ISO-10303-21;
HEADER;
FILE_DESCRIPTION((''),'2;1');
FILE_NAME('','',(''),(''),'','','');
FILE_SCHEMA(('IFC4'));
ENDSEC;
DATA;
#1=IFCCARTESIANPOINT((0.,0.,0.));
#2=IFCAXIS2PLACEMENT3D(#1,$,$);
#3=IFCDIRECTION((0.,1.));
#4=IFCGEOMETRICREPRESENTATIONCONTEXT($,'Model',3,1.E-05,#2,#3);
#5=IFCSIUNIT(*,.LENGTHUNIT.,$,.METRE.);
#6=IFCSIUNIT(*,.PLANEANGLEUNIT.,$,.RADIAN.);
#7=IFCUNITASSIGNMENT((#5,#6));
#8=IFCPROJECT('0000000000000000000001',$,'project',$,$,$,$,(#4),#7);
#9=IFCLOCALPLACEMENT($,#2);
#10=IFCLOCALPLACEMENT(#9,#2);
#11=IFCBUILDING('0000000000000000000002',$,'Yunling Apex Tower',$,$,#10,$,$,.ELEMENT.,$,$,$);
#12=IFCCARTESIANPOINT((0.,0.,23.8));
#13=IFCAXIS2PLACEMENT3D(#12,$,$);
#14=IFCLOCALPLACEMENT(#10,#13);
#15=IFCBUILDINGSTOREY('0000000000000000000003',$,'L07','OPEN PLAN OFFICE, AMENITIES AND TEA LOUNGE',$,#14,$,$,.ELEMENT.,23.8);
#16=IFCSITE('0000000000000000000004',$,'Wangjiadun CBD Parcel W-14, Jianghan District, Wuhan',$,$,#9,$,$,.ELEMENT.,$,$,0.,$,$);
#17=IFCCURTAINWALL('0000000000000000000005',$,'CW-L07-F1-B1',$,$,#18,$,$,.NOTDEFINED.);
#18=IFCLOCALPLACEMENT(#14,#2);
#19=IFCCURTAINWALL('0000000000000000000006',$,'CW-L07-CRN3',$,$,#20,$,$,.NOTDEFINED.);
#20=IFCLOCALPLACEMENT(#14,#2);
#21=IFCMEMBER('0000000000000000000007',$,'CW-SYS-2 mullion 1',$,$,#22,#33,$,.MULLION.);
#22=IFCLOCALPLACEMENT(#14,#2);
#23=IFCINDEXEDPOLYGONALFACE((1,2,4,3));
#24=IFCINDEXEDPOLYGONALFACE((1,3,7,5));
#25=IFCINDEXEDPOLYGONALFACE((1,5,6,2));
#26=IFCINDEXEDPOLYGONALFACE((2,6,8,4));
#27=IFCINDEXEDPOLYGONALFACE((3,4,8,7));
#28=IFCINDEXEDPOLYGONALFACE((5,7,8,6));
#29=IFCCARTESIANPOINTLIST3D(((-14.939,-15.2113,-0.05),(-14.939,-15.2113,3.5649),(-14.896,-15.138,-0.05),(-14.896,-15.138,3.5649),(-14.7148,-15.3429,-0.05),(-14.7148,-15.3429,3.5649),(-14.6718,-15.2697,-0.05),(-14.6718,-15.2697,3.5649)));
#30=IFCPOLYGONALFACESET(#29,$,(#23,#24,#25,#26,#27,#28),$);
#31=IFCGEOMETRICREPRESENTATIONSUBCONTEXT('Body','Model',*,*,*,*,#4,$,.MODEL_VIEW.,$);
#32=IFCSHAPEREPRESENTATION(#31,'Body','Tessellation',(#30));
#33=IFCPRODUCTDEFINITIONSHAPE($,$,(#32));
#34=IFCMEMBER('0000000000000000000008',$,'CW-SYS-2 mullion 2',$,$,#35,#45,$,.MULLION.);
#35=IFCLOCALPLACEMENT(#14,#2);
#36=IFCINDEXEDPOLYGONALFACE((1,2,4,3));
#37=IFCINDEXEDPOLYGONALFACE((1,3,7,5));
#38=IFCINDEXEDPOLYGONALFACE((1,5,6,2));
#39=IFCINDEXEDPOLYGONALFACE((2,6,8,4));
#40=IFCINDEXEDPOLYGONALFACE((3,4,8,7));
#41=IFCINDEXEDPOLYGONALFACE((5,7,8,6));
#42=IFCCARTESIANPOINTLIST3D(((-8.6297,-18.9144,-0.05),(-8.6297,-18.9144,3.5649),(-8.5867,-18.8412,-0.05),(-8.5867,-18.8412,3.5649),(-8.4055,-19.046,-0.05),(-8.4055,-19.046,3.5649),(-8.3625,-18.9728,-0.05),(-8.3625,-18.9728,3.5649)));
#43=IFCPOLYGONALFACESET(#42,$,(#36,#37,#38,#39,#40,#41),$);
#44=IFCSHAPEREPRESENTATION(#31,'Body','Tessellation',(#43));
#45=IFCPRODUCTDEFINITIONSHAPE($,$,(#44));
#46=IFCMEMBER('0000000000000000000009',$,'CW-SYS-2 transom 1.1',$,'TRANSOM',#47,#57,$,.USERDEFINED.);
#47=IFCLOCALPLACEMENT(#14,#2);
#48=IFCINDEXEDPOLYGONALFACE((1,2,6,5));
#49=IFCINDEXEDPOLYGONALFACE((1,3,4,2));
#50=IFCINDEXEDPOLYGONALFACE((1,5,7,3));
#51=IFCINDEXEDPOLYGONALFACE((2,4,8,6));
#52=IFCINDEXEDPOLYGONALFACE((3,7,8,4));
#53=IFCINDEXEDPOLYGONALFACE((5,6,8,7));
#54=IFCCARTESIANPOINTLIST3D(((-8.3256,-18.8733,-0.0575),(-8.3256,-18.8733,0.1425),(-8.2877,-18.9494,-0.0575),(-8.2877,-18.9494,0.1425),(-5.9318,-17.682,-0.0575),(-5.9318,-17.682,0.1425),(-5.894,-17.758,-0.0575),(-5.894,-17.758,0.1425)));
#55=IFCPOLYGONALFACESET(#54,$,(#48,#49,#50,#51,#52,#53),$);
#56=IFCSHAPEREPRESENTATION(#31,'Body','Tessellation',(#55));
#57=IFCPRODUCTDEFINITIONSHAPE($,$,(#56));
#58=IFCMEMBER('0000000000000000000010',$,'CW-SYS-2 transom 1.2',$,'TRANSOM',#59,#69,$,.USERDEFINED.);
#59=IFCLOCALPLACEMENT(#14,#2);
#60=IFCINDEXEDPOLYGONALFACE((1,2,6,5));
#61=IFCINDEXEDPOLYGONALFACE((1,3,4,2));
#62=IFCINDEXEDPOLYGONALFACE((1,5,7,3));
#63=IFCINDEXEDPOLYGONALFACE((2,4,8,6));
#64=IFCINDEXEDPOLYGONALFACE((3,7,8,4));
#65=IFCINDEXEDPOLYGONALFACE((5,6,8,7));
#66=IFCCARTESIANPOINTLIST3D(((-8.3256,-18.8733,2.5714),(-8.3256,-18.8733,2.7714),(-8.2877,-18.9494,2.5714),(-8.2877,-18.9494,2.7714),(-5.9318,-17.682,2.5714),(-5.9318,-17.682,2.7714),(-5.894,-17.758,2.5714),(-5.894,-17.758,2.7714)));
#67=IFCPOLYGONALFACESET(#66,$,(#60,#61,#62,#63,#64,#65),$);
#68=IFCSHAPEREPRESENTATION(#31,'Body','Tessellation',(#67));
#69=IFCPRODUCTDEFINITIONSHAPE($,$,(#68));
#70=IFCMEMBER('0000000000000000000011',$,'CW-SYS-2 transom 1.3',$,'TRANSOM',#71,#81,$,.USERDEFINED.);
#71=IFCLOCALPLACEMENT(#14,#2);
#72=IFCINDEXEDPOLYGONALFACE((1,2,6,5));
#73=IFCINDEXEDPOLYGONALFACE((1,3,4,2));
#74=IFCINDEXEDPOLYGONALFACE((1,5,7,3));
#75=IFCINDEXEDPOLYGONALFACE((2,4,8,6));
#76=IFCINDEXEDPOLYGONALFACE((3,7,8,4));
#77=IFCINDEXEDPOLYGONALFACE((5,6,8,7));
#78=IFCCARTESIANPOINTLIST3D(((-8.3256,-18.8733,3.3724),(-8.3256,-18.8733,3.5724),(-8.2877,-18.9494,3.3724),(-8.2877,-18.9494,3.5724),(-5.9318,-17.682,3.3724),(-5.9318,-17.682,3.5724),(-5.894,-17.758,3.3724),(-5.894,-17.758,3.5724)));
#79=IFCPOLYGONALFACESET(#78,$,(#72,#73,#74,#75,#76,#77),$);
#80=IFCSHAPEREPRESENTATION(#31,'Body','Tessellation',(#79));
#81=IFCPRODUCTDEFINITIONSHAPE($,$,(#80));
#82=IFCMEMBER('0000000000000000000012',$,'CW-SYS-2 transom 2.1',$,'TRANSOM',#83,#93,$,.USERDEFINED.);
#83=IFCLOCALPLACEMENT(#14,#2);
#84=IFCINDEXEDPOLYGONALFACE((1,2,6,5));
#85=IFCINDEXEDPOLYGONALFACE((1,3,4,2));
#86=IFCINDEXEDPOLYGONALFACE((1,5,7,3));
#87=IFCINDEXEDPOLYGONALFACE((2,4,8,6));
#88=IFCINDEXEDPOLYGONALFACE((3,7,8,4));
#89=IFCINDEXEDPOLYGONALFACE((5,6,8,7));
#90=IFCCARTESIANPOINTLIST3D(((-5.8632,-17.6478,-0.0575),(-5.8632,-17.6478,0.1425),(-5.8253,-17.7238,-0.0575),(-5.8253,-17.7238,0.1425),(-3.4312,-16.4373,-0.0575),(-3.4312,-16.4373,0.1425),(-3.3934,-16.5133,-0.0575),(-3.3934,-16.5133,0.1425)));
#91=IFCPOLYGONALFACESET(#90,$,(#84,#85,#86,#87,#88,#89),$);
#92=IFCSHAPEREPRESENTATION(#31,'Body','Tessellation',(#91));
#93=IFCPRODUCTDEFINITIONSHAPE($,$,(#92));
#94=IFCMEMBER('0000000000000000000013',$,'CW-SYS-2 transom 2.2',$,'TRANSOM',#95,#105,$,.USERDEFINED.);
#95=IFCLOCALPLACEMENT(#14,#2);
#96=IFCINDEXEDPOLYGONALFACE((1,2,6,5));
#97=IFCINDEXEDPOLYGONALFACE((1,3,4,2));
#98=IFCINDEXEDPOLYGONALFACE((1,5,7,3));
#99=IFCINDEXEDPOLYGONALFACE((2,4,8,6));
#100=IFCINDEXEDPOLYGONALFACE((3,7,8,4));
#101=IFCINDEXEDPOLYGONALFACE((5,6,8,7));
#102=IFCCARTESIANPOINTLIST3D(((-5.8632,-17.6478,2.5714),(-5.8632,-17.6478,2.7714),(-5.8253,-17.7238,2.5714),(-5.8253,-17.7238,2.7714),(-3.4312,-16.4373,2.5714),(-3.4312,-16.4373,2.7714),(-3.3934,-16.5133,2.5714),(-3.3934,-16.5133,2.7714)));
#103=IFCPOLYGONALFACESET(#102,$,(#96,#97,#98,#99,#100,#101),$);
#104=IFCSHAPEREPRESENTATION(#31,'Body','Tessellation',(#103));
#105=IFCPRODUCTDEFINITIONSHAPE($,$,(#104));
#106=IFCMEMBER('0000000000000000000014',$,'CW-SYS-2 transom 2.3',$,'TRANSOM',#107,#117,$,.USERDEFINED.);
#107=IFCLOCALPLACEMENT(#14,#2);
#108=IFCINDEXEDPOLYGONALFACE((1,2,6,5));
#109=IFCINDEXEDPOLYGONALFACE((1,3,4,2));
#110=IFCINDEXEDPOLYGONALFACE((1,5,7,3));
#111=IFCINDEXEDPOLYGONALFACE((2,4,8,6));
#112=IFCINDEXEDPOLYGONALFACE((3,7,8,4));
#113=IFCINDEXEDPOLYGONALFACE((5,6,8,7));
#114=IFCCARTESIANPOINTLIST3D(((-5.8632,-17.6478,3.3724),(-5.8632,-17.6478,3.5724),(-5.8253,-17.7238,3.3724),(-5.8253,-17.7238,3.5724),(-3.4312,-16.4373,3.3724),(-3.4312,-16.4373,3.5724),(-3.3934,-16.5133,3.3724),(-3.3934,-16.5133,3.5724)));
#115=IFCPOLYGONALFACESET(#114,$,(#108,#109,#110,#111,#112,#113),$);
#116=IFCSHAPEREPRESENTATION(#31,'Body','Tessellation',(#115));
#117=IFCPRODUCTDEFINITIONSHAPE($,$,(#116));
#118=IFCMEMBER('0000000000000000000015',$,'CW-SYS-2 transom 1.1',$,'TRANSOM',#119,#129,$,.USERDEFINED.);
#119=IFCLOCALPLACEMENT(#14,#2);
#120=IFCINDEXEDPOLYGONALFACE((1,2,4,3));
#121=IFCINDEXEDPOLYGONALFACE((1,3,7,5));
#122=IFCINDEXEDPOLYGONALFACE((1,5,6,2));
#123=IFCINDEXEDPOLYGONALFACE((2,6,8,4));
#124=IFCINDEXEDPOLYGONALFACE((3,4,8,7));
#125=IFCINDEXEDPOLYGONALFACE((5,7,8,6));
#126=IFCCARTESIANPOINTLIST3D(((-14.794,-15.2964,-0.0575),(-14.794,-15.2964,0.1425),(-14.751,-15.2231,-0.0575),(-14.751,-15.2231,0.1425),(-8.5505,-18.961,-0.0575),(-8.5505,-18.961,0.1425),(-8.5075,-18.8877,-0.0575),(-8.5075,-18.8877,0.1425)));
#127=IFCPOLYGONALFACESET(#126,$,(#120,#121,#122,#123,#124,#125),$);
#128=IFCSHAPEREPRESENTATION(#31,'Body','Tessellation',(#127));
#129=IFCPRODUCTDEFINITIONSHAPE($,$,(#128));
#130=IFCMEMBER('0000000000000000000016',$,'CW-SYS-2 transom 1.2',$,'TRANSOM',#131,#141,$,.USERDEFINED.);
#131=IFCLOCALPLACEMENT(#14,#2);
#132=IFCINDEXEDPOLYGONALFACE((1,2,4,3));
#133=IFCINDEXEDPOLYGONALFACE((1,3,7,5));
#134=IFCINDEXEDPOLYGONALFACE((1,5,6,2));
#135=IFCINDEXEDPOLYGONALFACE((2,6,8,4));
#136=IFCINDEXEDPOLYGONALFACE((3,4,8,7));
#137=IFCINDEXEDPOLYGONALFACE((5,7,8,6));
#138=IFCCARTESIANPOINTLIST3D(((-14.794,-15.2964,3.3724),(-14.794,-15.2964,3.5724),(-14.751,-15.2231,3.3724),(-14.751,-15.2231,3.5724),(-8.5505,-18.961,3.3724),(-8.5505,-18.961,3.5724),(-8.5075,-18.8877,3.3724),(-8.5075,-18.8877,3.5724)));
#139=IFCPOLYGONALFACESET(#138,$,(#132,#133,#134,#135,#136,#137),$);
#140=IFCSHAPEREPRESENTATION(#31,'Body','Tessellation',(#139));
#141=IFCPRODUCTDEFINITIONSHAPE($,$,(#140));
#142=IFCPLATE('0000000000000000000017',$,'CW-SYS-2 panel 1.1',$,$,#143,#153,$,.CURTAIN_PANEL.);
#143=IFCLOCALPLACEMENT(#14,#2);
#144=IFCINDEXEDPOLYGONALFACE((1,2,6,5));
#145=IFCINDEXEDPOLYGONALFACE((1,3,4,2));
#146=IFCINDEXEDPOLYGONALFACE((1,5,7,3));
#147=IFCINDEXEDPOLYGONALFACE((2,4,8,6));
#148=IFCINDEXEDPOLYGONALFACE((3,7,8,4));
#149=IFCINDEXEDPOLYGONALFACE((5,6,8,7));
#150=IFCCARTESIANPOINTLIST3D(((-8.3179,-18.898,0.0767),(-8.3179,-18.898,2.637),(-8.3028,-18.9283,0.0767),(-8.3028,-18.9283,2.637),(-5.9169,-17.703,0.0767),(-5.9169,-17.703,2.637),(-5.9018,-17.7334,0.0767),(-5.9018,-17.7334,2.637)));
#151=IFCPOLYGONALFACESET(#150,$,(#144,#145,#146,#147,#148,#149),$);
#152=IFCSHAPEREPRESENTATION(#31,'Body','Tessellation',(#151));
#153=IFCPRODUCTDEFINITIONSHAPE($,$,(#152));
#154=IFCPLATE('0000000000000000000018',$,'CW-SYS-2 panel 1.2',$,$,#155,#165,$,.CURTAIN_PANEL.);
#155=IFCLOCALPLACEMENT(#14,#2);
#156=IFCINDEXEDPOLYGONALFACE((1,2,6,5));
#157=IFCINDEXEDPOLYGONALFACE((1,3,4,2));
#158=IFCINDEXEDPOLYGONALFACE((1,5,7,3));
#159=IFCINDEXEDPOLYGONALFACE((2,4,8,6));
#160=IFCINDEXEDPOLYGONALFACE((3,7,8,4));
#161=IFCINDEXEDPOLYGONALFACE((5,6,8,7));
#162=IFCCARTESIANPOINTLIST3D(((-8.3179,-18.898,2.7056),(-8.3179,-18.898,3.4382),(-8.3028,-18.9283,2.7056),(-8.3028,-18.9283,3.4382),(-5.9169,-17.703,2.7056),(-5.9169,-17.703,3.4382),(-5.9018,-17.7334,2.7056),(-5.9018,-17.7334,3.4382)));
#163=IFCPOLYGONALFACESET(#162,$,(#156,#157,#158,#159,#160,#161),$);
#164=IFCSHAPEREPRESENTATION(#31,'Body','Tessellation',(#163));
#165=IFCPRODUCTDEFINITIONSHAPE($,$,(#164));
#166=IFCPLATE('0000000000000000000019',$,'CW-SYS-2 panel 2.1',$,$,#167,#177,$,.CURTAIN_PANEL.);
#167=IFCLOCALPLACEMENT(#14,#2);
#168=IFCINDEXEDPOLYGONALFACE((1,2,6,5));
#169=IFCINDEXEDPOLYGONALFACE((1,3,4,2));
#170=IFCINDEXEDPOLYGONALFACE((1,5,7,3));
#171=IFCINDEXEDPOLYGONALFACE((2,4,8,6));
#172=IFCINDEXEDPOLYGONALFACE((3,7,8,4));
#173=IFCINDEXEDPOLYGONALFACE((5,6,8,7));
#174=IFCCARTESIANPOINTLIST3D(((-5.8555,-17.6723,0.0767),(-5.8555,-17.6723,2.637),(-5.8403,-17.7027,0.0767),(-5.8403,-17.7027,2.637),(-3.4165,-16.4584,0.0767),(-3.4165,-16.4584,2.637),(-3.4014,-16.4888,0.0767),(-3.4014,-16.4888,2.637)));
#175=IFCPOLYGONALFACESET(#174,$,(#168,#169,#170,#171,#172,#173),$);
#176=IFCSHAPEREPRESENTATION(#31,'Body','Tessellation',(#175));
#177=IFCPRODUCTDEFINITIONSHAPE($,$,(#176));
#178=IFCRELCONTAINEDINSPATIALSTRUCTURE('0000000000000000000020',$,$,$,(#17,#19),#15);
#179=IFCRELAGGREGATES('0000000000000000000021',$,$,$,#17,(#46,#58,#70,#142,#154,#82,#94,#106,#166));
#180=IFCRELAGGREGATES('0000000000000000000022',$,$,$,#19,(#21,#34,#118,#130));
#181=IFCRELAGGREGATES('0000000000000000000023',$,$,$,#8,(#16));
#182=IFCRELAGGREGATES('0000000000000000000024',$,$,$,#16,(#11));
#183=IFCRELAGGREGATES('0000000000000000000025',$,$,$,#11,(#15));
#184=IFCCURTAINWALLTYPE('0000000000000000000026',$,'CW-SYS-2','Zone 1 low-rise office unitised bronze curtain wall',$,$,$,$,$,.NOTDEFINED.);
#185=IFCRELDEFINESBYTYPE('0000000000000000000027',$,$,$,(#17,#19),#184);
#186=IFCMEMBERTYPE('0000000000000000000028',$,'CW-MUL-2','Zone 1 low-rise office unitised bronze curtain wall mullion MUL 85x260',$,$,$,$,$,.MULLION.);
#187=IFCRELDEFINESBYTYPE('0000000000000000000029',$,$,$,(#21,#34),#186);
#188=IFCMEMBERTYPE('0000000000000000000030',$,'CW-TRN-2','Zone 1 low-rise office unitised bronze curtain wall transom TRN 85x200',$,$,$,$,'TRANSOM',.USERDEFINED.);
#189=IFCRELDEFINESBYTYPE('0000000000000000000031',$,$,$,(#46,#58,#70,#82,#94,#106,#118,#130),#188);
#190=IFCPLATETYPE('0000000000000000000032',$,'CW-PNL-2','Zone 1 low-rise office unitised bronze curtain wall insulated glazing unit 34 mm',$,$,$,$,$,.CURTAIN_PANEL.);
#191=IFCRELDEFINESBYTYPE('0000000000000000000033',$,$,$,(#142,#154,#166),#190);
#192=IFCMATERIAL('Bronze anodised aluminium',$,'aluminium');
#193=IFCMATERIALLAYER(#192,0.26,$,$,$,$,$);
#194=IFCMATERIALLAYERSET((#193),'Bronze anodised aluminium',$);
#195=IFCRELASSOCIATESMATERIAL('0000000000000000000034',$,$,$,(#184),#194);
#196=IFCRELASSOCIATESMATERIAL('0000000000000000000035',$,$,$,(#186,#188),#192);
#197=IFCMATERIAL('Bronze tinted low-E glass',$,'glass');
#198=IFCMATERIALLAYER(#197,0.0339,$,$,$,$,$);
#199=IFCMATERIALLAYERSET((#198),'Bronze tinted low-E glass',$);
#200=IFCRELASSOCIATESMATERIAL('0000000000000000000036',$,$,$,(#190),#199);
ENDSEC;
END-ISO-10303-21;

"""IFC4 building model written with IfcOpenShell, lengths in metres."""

from ifc_helpers import new_model, si_unit, direction, frame, origin, origin_2d, place, context, subcontext, project, spatial, rectangle, extrude, source, transform, mapped, material, layer, layer_set, material_profile, profile_set, type_object, element, aggregate, save


model = new_model("IFC4")

# Units and contexts
model_context = context("Model", 3, precision=1e-05, world=origin(), true_north=direction((0.0, 1.0)))
body_context = subcontext(model_context, "Body", "Model", "MODEL_VIEW")
ifc_project = project(units=[si_unit("LENGTHUNIT", "METRE"), si_unit("PLANEANGLEUNIT", "RADIAN")], contexts=[model_context])

# Site, building, storey
site_placement = place(None, origin())
site = spatial("IfcSite", under=ifc_project, at=site_placement, Name="Wangjiadun CBD Parcel W-14, Jianghan District, Wuhan", CompositionType="ELEMENT", RefElevation=0.0)
building_placement = place(site_placement, origin())
building = spatial("IfcBuilding", under=site, at=building_placement, Name="Yunling Apex Tower", CompositionType="ELEMENT")
storey_placement = place(building_placement, frame((0.0, 0.0, 23.8)))
storey = spatial("IfcBuildingStorey", under=building, at=storey_placement, Name="L07", Description="OPEN PLAN OFFICE, AMENITIES AND TEA LOUNGE", CompositionType="ELEMENT", Elevation=23.8)

# Curtain wall
ifc_material_1 = material(Name="Bronze anodised aluminium", Category="aluminium")
ifc_layer_1 = layer(ifc_material_1, 0.26)
ifc_layer_set_1 = layer_set([ifc_layer_1], Name="Bronze anodised aluminium")
curtain_wall_type = type_object("IfcCurtainWallType", Name="CW-SYS-2", Description="Zone 1 low-rise office unitised bronze curtain wall", PredefinedType="NOTDEFINED", material=ifc_layer_set_1)
curtain_wall_1_placement = place(storey_placement, origin())
curtain_wall_1 = element("IfcCurtainWall", 1, at=curtain_wall_1_placement, inside=storey, type_object=curtain_wall_type, Name="CW-L07-F1-B1", PredefinedType="NOTDEFINED")
ifc_material_profile_1 = material_profile(ifc_material_1, rectangle(XDim=0.085, YDim=0.26, at=origin_2d()))
ifc_profile_set_1 = profile_set([ifc_material_profile_1], Name="Bronze anodised aluminium")
member_type_1 = type_object("IfcMemberType", Name="CW-MUL-2", Description="Zone 1 low-rise office unitised bronze curtain wall mullion MUL 85x260", PredefinedType="MULLION", material=ifc_profile_set_1)
shared_shape_1 = source(origin(), body_context, "Body", "SweptSolid", [
    extrude(rectangle(XDim=0.085, YDim=0.26, at=origin_2d()), origin(), (0.0, 0.0, 1.0), 3.615),
])

# Curtain wall, members
curtain_wall_2_placement = place(storey_placement, origin())
curtain_wall_2 = element("IfcCurtainWall", 2, at=curtain_wall_2_placement, inside=storey, type_object=curtain_wall_type, Name="CW-L07-CRN3", PredefinedType="NOTDEFINED")
member_1_placement = place(storey_placement, frame((-14.8054, -15.2405, -0.05), z_axis=(0.0, 0.0, 1.0), x_axis=(0.506196, 0.862419, 0.0)))
member_1 = element("IfcMember", 3, at=member_1_placement, type_object=member_type_1, Name="CW-SYS-2 mullion 1", PredefinedType="MULLION", context=body_context, shape_type="MappedRepresentation", body=[
    mapped(shared_shape_1, transform((0.0, 0.0, 0.0), scale=1.0)),
])
member_2_placement = place(storey_placement, frame((-8.4961, -18.9436, -0.05), z_axis=(0.0, 0.0, 1.0), x_axis=(0.506196, 0.862419, 0.0)))
member_2 = element("IfcMember", 4, at=member_2_placement, type_object=member_type_1, Name="CW-SYS-2 mullion 2", PredefinedType="MULLION", context=body_context, shape_type="MappedRepresentation", body=[
    mapped(shared_shape_1, transform((0.0, 0.0, 0.0), scale=1.0)),
])

# Members
ifc_material_profile_2 = material_profile(ifc_material_1, rectangle(XDim=0.085, YDim=0.2, at=origin_2d()))
ifc_profile_set_2 = profile_set([ifc_material_profile_2], Name="Bronze anodised aluminium")
member_type_2 = type_object("IfcMemberType", Name="CW-TRN-2", Description="Zone 1 low-rise office unitised bronze curtain wall transom TRN 85x200", ElementType="TRANSOM", PredefinedType="USERDEFINED", material=ifc_profile_set_2)
shared_shape_2 = source(origin(), body_context, "Body", "SweptSolid", [
    extrude(rectangle(XDim=0.085, YDim=0.2, at=origin_2d()), origin(), (0.0, 0.0, 1.0), 2.6738),
])
member_3_placement = place(storey_placement, frame((-8.3066, -18.9114, 0.0425), z_axis=(0.895247, 0.445569, 0.0), x_axis=(-0.445569, 0.895247, 0.0)))
member_3 = element("IfcMember", 5, at=member_3_placement, type_object=member_type_2, Name="CW-SYS-2 transom 1.1", ObjectType="TRANSOM", PredefinedType="USERDEFINED", context=body_context, shape_type="MappedRepresentation", body=[
    mapped(shared_shape_2, transform((0.0, 0.0, 0.0), scale=1.0)),
])
member_4_placement = place(storey_placement, frame((-8.3066, -18.9114, 2.6714), z_axis=(0.895247, 0.445569, 0.0), x_axis=(-0.445569, 0.895247, 0.0)))
member_4 = element("IfcMember", 6, at=member_4_placement, type_object=member_type_2, Name="CW-SYS-2 transom 1.2", ObjectType="TRANSOM", PredefinedType="USERDEFINED", context=body_context, shape_type="MappedRepresentation", body=[
    mapped(shared_shape_2, transform((0.0, 0.0, 0.0), scale=1.0)),
])
member_5_placement = place(storey_placement, frame((-8.3066, -18.9114, 3.4724), z_axis=(0.895247, 0.445569, 0.0), x_axis=(-0.445569, 0.895247, 0.0)))
member_5 = element("IfcMember", 7, at=member_5_placement, type_object=member_type_2, Name="CW-SYS-2 transom 1.3", ObjectType="TRANSOM", PredefinedType="USERDEFINED", context=body_context, shape_type="MappedRepresentation", body=[
    mapped(shared_shape_2, transform((0.0, 0.0, 0.0), scale=1.0)),
])
shared_shape_3 = source(origin(), body_context, "Body", "SweptSolid", [
    extrude(rectangle(XDim=0.085, YDim=0.2, at=origin_2d()), origin(), (0.0, 0.0, 1.0), 2.7166),
])
member_6_placement = place(storey_placement, frame((-5.8442, -17.6858, 0.0425), z_axis=(0.895235, 0.445595, 0.0), x_axis=(-0.445595, 0.895235, 0.0)))
member_6 = element("IfcMember", 8, at=member_6_placement, type_object=member_type_2, Name="CW-SYS-2 transom 2.1", ObjectType="TRANSOM", PredefinedType="USERDEFINED", context=body_context, shape_type="MappedRepresentation", body=[
    mapped(shared_shape_3, transform((0.0, 0.0, 0.0), scale=1.0)),
])
member_7_placement = place(storey_placement, frame((-5.8442, -17.6858, 2.6714), z_axis=(0.895235, 0.445595, 0.0), x_axis=(-0.445595, 0.895235, 0.0)))
member_7 = element("IfcMember", 9, at=member_7_placement, type_object=member_type_2, Name="CW-SYS-2 transom 2.2", ObjectType="TRANSOM", PredefinedType="USERDEFINED", context=body_context, shape_type="MappedRepresentation", body=[
    mapped(shared_shape_3, transform((0.0, 0.0, 0.0), scale=1.0)),
])
member_8_placement = place(storey_placement, frame((-5.8442, -17.6858, 3.4724), z_axis=(0.895235, 0.445595, 0.0), x_axis=(-0.445595, 0.895235, 0.0)))
member_8 = element("IfcMember", 10, at=member_8_placement, type_object=member_type_2, Name="CW-SYS-2 transom 2.3", ObjectType="TRANSOM", PredefinedType="USERDEFINED", context=body_context, shape_type="MappedRepresentation", body=[
    mapped(shared_shape_3, transform((0.0, 0.0, 0.0), scale=1.0)),
])
shared_shape_4 = source(origin(), body_context, "Body", "SweptSolid", [
    extrude(rectangle(XDim=0.085, YDim=0.2, at=origin_2d()), origin(), (0.0, 0.0, 1.0), 7.2395),
])
member_9_placement = place(storey_placement, frame((-14.7725, -15.2598, 0.0425), z_axis=(0.862419, -0.506195, 0.0), x_axis=(0.506195, 0.862419, 0.0)))
member_9 = element("IfcMember", 11, at=member_9_placement, type_object=member_type_2, Name="CW-SYS-2 transom 1.1", ObjectType="TRANSOM", PredefinedType="USERDEFINED", context=body_context, shape_type="MappedRepresentation", body=[
    mapped(shared_shape_4, transform((0.0, 0.0, 0.0), scale=1.0)),
])
member_10_placement = place(storey_placement, frame((-14.7725, -15.2598, 3.4724), z_axis=(0.862419, -0.506195, 0.0), x_axis=(0.506195, 0.862419, 0.0)))
member_10 = element("IfcMember", 12, at=member_10_placement, type_object=member_type_2, Name="CW-SYS-2 transom 1.2", ObjectType="TRANSOM", PredefinedType="USERDEFINED", context=body_context, shape_type="MappedRepresentation", body=[
    mapped(shared_shape_4, transform((0.0, 0.0, 0.0), scale=1.0)),
])

# Plates
ifc_material_2 = material(Name="Bronze tinted low-E glass", Category="glass")
ifc_layer_2 = layer(ifc_material_2, 0.0339)
ifc_layer_set_2 = layer_set([ifc_layer_2], Name="Bronze tinted low-E glass")
plate_type = type_object("IfcPlateType", Name="CW-PNL-2", Description="Zone 1 low-rise office unitised bronze curtain wall insulated glazing unit 34 mm", PredefinedType="CURTAIN_PANEL", material=ifc_layer_set_2)
shared_shape_5 = source(origin(), body_context, "Body", "SweptSolid", [
    extrude(rectangle(XDim=2.6819, YDim=0.0339, at=origin_2d()), origin(), (0.0, 0.0, 1.0), 2.5603),
])
plate_1_placement = place(storey_placement, frame((-7.1099, -18.3157, 0.0767), z_axis=(0.0, 0.0, 1.0), x_axis=(0.895247, 0.445571, 0.0)))
plate_1 = element("IfcPlate", 13, at=plate_1_placement, type_object=plate_type, Name="CW-SYS-2 panel 1.1", PredefinedType="CURTAIN_PANEL", context=body_context, shape_type="MappedRepresentation", body=[
    mapped(shared_shape_5, transform((0.0, 0.0, 0.0), scale=1.0)),
])
shared_shape_6 = source(origin(), body_context, "Body", "SweptSolid", [
    extrude(rectangle(XDim=2.6819, YDim=0.0339, at=origin_2d()), origin(), (0.0, 0.0, 1.0), 0.7327),
])
plate_2_placement = place(storey_placement, frame((-7.1099, -18.3157, 2.7056), z_axis=(0.0, 0.0, 1.0), x_axis=(0.895247, 0.445571, 0.0)))
plate_2 = element("IfcPlate", 14, at=plate_2_placement, type_object=plate_type, Name="CW-SYS-2 panel 1.2", PredefinedType="CURTAIN_PANEL", context=body_context, shape_type="MappedRepresentation", body=[
    mapped(shared_shape_6, transform((0.0, 0.0, 0.0), scale=1.0)),
])
shared_shape_7 = source(origin(), body_context, "Body", "SweptSolid", [
    extrude(rectangle(XDim=2.7244, YDim=0.0339, at=origin_2d()), origin(), (0.0, 0.0, 1.0), 2.5603),
])
plate_3_placement = place(storey_placement, frame((-4.6284, -17.0806, 0.0767), z_axis=(0.0, 0.0, 1.0), x_axis=(0.895247, 0.445571, 0.0)))
plate_3 = element("IfcPlate", 15, at=plate_3_placement, type_object=plate_type, Name="CW-SYS-2 panel 2.1", PredefinedType="CURTAIN_PANEL", context=body_context, shape_type="MappedRepresentation", body=[
    mapped(shared_shape_7, transform((0.0, 0.0, 0.0), scale=1.0)),
])
aggregate(curtain_wall_1, [member_3, member_4, member_5, plate_1, plate_2, member_6, member_7, member_8, plate_3])
aggregate(curtain_wall_2, [member_1, member_2, member_9, member_10])

save(model, "model.ifc")
